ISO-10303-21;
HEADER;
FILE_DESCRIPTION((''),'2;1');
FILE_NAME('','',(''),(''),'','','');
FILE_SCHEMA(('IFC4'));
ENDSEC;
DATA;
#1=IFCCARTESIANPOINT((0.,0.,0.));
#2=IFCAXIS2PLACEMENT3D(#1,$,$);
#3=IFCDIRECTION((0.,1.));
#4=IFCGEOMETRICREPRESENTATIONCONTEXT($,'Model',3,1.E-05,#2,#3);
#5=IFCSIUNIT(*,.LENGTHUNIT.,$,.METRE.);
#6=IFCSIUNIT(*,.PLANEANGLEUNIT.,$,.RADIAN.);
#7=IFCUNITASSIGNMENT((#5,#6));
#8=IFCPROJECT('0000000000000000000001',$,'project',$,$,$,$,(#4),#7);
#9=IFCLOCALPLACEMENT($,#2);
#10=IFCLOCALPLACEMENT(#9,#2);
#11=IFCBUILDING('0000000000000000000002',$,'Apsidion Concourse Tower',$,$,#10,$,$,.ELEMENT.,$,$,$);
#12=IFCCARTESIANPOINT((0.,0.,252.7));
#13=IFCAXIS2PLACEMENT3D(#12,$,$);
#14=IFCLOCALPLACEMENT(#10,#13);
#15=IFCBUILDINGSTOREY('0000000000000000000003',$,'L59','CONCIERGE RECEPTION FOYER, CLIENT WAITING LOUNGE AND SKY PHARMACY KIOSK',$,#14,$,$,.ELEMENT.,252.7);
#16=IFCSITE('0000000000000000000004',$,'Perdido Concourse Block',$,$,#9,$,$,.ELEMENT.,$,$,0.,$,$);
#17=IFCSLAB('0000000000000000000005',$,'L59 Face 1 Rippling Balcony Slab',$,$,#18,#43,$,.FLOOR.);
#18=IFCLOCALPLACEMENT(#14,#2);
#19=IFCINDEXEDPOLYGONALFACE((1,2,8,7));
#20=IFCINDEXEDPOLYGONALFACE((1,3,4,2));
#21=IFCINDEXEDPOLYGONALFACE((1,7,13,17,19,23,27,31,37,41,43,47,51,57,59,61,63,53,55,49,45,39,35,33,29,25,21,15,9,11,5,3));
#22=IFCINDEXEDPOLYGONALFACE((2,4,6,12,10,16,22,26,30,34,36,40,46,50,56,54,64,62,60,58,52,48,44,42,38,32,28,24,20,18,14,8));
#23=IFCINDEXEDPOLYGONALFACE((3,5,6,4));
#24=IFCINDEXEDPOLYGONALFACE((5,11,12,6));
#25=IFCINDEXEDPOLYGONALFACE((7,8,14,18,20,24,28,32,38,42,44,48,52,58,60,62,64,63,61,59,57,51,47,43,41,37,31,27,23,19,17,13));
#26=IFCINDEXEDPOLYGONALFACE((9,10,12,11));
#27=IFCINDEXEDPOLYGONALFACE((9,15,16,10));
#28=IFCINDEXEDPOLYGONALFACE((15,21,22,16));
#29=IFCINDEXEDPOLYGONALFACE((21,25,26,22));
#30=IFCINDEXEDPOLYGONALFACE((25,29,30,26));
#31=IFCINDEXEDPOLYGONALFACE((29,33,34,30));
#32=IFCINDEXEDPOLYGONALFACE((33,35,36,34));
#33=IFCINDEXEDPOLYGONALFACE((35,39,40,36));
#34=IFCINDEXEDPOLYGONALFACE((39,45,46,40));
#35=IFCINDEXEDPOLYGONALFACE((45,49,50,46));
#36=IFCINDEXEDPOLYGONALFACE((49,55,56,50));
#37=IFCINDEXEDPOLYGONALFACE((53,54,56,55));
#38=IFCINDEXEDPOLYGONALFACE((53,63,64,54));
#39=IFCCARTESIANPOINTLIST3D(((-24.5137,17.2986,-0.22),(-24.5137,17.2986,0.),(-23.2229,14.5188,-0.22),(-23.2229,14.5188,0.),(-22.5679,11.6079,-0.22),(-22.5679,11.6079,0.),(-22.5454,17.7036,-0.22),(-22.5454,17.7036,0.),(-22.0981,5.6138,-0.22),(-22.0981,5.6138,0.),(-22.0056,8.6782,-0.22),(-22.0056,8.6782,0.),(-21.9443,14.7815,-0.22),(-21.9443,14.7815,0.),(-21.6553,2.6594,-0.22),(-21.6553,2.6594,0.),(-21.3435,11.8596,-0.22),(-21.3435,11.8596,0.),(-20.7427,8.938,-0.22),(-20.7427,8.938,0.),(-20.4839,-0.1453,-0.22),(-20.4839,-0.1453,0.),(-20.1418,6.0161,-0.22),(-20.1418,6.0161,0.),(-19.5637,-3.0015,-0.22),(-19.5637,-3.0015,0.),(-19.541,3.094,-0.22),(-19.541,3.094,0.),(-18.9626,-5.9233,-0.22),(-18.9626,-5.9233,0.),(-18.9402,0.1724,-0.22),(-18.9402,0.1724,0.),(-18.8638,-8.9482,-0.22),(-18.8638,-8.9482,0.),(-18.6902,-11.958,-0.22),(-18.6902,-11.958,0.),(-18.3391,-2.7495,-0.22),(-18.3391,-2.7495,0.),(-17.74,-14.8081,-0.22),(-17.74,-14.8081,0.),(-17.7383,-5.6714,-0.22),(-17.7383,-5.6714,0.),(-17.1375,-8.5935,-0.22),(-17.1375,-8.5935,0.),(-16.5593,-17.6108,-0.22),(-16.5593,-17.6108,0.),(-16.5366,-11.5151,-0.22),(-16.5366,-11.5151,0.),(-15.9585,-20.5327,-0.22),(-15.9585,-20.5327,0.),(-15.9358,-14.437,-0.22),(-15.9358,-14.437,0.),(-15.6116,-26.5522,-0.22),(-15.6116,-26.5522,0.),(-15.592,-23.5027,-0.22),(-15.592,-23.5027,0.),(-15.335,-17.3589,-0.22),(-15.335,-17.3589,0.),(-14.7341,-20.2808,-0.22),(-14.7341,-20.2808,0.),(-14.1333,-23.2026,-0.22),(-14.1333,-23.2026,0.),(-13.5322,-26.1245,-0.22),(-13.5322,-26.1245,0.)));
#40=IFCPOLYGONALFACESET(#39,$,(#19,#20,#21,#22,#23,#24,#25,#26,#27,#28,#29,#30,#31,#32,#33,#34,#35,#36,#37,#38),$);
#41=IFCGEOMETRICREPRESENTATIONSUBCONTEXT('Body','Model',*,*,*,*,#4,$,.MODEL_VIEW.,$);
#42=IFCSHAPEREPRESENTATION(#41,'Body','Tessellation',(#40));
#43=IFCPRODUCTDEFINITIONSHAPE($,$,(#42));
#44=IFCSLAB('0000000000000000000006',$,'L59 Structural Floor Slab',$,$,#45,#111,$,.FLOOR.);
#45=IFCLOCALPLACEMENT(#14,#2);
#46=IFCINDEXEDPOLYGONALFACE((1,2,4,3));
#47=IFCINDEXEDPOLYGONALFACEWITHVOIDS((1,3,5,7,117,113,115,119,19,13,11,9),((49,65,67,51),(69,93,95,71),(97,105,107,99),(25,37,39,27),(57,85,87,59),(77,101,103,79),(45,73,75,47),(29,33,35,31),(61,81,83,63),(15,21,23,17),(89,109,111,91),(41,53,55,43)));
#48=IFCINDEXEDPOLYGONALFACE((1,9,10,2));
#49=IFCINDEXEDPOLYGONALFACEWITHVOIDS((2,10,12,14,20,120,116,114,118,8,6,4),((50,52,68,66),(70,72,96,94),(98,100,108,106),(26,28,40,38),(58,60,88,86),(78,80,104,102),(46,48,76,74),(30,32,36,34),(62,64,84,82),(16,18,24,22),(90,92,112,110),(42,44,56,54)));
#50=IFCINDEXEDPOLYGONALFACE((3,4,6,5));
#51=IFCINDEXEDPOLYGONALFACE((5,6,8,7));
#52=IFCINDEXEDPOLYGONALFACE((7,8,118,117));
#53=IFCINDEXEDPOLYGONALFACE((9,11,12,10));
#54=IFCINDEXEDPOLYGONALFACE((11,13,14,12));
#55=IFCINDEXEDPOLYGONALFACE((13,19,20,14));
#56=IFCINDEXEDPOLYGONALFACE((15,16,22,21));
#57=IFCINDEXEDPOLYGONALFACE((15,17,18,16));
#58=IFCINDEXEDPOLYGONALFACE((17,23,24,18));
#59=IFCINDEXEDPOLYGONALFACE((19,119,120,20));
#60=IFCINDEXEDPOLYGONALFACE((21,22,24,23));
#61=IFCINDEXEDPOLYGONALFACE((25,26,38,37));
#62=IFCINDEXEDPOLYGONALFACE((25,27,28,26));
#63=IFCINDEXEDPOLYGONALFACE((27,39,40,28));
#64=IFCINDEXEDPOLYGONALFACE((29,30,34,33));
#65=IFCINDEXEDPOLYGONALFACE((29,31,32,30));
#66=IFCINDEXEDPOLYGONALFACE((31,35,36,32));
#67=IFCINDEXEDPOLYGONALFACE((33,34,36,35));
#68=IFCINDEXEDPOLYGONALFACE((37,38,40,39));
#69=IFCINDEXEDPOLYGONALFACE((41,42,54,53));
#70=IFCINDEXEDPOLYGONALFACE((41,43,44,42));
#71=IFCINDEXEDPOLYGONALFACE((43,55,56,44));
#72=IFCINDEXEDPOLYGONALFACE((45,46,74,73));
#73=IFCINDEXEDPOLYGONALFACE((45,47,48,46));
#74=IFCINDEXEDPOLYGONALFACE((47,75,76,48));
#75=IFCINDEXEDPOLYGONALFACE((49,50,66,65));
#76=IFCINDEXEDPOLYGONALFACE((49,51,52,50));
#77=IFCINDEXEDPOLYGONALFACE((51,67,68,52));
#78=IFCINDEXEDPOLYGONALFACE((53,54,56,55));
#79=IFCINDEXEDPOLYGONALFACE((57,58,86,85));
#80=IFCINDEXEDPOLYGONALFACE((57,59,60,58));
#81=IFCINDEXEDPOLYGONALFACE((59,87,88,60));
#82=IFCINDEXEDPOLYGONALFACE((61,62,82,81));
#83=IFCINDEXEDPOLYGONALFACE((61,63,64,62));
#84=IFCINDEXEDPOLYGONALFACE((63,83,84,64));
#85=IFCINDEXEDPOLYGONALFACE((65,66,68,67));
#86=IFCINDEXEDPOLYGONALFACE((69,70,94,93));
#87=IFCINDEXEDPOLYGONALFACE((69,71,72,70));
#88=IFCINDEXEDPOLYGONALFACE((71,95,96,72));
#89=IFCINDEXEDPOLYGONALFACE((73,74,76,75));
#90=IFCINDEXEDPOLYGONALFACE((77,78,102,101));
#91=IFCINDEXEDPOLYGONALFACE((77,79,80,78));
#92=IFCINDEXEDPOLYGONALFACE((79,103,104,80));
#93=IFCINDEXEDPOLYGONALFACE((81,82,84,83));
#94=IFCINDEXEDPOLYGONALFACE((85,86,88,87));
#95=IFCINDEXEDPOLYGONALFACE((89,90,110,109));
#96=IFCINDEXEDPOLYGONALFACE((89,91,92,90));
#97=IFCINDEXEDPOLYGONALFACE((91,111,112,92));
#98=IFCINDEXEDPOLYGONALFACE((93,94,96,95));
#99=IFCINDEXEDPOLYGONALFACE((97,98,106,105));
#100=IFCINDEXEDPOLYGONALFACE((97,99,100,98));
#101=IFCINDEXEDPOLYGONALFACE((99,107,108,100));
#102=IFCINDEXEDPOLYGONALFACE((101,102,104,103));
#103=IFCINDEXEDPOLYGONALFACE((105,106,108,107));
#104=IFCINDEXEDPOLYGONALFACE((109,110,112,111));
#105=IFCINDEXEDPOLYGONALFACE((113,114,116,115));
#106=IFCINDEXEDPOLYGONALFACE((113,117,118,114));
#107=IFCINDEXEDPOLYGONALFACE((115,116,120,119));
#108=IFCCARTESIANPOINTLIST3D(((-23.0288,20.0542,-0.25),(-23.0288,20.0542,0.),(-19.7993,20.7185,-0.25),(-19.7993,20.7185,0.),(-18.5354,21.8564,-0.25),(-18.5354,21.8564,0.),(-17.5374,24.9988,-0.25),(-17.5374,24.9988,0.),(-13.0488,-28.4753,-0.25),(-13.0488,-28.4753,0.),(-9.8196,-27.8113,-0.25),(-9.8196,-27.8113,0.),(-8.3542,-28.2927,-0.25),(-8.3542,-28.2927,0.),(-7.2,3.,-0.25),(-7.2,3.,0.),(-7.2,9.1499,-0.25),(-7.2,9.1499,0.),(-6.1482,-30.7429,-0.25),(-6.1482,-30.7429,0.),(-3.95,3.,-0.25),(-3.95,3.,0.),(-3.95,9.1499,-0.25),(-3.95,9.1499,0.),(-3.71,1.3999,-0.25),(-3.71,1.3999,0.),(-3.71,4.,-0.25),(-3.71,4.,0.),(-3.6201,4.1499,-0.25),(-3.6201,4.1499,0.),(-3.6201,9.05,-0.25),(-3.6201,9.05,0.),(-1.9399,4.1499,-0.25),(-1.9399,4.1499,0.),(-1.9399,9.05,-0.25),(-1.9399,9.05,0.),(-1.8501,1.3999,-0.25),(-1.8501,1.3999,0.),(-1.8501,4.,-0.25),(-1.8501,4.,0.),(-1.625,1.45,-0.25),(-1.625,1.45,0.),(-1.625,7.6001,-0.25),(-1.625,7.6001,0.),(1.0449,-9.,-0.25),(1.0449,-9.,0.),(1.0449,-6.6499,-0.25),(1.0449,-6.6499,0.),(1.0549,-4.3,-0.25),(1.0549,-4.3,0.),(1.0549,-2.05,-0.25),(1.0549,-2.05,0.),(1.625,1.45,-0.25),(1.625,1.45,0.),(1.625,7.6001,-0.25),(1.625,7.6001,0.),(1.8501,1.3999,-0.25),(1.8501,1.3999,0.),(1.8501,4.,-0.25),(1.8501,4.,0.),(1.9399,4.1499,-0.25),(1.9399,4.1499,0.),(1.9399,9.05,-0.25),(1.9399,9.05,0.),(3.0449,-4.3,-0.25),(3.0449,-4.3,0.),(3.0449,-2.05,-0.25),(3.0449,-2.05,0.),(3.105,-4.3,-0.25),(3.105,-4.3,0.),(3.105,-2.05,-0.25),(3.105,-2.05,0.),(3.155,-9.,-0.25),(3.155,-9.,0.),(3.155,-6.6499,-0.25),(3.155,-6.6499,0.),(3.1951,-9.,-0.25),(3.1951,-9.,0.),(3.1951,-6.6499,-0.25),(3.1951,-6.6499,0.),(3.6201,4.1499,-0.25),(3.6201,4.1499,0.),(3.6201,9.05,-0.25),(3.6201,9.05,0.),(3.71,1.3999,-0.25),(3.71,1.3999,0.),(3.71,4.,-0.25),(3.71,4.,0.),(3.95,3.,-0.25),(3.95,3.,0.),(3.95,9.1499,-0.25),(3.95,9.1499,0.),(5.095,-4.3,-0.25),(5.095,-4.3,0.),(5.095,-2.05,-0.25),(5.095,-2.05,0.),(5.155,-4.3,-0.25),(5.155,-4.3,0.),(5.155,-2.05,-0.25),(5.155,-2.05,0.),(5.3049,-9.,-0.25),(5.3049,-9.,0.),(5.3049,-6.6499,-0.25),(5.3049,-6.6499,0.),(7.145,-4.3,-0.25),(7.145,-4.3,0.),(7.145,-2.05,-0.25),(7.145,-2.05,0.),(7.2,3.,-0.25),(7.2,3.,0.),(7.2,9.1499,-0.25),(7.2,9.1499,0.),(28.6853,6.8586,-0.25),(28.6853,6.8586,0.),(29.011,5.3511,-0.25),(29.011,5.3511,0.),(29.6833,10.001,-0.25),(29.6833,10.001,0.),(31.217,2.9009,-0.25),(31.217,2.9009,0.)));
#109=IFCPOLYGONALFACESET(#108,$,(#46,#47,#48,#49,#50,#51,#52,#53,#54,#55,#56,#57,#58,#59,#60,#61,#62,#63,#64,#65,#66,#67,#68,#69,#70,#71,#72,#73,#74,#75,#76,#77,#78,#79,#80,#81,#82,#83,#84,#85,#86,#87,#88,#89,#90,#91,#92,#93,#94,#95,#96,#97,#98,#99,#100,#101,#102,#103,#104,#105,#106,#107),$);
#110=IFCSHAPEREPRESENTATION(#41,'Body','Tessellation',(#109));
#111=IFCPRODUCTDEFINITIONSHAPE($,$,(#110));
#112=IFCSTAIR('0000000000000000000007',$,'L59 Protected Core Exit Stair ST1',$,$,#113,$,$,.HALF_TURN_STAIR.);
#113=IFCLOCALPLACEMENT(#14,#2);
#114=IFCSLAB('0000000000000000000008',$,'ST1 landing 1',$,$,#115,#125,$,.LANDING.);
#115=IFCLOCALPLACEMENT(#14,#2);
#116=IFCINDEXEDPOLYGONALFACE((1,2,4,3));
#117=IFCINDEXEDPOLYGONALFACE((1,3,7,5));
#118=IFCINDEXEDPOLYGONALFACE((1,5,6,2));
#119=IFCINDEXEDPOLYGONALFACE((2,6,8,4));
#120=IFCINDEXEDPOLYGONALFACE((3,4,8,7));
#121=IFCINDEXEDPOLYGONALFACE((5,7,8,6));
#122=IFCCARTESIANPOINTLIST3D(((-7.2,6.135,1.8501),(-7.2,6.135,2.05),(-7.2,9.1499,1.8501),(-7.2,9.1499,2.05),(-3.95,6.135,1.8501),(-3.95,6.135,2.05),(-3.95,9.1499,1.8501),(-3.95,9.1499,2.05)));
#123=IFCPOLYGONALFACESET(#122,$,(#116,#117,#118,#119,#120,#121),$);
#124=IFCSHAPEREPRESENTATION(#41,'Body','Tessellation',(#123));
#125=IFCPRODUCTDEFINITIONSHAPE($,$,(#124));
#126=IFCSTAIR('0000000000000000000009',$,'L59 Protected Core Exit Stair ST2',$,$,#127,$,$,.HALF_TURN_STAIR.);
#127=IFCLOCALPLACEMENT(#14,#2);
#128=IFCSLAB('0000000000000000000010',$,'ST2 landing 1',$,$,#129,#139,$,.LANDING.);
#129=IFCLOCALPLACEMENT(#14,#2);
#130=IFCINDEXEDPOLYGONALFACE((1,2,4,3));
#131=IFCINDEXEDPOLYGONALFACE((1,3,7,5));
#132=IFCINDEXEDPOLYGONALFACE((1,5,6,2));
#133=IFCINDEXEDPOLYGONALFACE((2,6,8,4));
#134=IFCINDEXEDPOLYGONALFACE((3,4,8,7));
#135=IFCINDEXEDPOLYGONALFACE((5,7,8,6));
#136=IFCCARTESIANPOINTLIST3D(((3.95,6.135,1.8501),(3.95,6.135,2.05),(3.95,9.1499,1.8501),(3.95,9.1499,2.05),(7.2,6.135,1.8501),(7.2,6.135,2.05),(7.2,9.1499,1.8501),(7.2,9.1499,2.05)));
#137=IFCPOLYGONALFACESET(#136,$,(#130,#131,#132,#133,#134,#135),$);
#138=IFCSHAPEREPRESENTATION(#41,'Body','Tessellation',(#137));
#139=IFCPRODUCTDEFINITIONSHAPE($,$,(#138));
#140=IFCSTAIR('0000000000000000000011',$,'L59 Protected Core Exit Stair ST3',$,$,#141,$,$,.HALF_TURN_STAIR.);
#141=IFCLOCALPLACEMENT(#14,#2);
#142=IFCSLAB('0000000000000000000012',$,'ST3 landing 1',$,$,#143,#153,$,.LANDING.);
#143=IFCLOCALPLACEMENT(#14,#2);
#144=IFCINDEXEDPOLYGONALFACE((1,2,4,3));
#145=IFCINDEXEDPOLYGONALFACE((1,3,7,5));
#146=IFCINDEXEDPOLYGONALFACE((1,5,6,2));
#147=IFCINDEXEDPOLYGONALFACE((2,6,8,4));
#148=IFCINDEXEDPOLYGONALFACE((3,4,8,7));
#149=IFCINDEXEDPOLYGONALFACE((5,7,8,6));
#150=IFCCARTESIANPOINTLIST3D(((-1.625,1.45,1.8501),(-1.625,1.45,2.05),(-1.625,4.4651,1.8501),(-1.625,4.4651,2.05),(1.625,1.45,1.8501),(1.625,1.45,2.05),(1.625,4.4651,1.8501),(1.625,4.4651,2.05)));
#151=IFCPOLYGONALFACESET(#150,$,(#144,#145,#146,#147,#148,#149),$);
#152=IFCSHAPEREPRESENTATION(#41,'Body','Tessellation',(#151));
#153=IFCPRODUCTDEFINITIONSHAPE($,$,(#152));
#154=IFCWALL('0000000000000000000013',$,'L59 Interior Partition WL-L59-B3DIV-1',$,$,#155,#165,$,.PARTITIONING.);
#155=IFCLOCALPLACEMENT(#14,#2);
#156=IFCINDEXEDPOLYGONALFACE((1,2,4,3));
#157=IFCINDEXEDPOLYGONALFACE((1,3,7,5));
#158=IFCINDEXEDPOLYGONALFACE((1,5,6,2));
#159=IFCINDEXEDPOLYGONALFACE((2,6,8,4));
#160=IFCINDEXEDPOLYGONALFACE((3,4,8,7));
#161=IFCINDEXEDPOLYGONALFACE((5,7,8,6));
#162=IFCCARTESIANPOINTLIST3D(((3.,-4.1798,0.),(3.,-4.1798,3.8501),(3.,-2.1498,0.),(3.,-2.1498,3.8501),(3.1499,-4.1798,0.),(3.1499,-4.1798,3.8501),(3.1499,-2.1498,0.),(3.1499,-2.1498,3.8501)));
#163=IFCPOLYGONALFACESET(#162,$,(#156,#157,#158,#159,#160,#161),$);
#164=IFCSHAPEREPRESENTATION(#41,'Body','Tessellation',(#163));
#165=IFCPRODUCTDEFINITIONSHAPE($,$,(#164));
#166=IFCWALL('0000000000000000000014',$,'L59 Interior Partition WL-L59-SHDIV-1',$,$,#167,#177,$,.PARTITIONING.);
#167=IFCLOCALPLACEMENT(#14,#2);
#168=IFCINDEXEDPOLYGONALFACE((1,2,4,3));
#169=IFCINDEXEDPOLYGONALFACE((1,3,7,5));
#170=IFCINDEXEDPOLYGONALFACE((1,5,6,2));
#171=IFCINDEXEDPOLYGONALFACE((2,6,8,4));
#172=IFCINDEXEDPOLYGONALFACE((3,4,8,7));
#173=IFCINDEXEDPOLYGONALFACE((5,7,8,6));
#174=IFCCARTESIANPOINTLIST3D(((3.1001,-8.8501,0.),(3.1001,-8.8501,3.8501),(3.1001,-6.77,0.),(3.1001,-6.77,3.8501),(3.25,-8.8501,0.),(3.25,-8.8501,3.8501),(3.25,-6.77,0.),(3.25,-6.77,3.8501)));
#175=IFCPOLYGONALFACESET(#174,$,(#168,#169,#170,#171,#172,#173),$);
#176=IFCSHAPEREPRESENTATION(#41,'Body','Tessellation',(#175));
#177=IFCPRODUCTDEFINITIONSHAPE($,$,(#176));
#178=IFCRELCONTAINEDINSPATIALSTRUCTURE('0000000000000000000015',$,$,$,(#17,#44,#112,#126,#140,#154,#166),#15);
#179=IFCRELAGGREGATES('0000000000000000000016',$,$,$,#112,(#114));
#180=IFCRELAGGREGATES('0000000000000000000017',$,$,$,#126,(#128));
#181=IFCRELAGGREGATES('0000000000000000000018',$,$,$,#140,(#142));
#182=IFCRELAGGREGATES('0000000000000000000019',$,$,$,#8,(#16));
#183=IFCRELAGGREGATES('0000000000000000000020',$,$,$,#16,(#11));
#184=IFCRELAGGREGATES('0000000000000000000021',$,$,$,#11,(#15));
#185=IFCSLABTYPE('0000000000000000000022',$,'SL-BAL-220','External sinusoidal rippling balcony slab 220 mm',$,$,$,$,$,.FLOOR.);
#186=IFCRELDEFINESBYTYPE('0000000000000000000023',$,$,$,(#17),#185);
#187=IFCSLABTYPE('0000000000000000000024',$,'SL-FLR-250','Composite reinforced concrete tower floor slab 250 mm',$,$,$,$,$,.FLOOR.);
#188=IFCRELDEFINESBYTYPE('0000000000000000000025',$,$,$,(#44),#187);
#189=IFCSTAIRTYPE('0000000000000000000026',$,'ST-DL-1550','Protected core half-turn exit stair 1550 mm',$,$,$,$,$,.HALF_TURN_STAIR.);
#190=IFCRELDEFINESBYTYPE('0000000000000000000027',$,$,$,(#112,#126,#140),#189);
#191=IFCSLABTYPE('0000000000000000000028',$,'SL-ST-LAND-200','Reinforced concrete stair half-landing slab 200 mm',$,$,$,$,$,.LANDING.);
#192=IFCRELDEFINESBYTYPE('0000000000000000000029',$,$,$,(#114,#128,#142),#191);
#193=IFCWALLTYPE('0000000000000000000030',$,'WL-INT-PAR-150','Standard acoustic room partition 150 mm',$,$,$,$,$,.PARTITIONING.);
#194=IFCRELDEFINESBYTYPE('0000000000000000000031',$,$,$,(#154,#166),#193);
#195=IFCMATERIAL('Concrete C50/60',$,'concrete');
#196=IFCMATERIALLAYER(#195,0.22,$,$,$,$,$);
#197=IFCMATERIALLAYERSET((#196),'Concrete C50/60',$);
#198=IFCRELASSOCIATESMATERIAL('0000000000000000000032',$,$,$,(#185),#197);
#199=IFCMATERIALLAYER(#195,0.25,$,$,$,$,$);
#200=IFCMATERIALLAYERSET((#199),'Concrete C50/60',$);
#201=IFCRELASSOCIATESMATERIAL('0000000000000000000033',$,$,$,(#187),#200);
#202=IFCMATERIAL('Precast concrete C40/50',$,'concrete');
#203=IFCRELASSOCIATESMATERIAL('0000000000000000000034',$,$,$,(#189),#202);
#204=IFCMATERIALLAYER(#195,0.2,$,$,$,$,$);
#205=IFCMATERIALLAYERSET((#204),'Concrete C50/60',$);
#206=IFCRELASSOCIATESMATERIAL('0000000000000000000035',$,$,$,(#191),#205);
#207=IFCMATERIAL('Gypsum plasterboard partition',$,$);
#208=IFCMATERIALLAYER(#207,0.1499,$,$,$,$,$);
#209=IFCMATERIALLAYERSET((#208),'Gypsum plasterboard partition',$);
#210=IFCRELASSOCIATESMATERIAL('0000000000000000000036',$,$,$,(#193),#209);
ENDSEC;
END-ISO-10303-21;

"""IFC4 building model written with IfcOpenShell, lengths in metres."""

from ifc_helpers import new_model, si_unit, direction, frame, frame_2d, origin, place, context, subcontext, project, spatial, polyline, rectangle, outline, extrude, material, layer, layer_set, type_object, element, aggregate, save


model = new_model("IFC4")

# Units and contexts
model_context = context("Model", 3, precision=1e-05, world=origin(), true_north=direction((0.0, 1.0)))
body_context = subcontext(model_context, "Body", "Model", "MODEL_VIEW")
ifc_project = project(units=[si_unit("LENGTHUNIT", "METRE"), si_unit("PLANEANGLEUNIT", "RADIAN")], contexts=[model_context])

# Site, building, storey
site_placement = place(None, origin())
site = spatial("IfcSite", under=ifc_project, at=site_placement, Name="Perdido Concourse Block", CompositionType="ELEMENT", RefElevation=0.0)
building_placement = place(site_placement, origin())
building = spatial("IfcBuilding", under=site, at=building_placement, Name="Apsidion Concourse Tower", CompositionType="ELEMENT")
storey_placement = place(building_placement, frame((0.0, 0.0, 252.7)))
storey = spatial("IfcBuildingStorey", under=building, at=storey_placement, Name="L59", Description="CONCIERGE RECEPTION FOYER, CLIENT WAITING LOUNGE AND SKY PHARMACY KIOSK", CompositionType="ELEMENT", Elevation=252.7)

# Shared definitions
ifc_material_1 = material(Name="Concrete C50/60", Category="concrete")

# Slabs
ifc_layer_1 = layer(ifc_material_1, 0.22)
ifc_layer_set_1 = layer_set([ifc_layer_1], Name="Concrete C50/60")
slab_type_1 = type_object("IfcSlabType", Name="SL-BAL-220", Description="External sinusoidal rippling balcony slab 220 mm", PredefinedType="FLOOR", material=ifc_layer_set_1)
slab_1_placement = place(storey_placement, frame((0.0, 0.0, -0.22)))
element("IfcSlab", 1, at=slab_1_placement, inside=storey, type_object=slab_type_1, Name="L59 Face 1 Rippling Balcony Slab", PredefinedType="FLOOR", context=body_context, shape_type="SweptSolid", body=[
    extrude(outline(polyline([(-22.5454, 17.7036), (-21.9443, 14.7815), (-21.3435, 11.8596), (-20.7427, 8.938), (-20.1418, 6.0161), (-19.541, 3.094), (-18.9402, 0.1724), (-18.3391, -2.7495), (-17.7383, -5.6714), (-17.1375, -8.5935), (-16.5366, -11.5151), (-15.9358, -14.437), (-15.335, -17.3589), (-14.7341, -20.2808), (-14.1333, -23.2026), (-13.5322, -26.1245), (-15.6116, -26.5522), (-15.592, -23.5027), (-15.9585, -20.5327), (-16.5593, -17.6108), (-17.74, -14.8081), (-18.6902, -11.958), (-18.8638, -8.9482), (-18.9626, -5.9233), (-19.5637, -3.0015), (-20.4839, -0.1453), (-21.6553, 2.6594), (-22.0981, 5.6138), (-22.0056, 8.6782), (-22.5679, 11.6079), (-23.2229, 14.5188), (-24.5137, 17.2986), (-22.5454, 17.7036)])), origin(), (0.0, 0.0, 1.0), 0.22),
])
ifc_layer_2 = layer(ifc_material_1, 0.25)
ifc_layer_set_2 = layer_set([ifc_layer_2], Name="Concrete C50/60")
slab_type_2 = type_object("IfcSlabType", Name="SL-FLR-250", Description="Composite reinforced concrete tower floor slab 250 mm", PredefinedType="FLOOR", material=ifc_layer_set_2)
slab_2_placement = place(storey_placement, frame((0.0, 0.0, -0.25)))
element("IfcSlab", 2, at=slab_2_placement, inside=storey, type_object=slab_type_2, Name="L59 Structural Floor Slab", PredefinedType="FLOOR", context=body_context, shape_type="SweptSolid", body=[
    extrude(outline(polyline([(-17.5374, 24.9988), (-18.5354, 21.8564), (-19.7993, 20.7185), (-23.0288, 20.0542), (-13.0488, -28.4753), (-9.8196, -27.8113), (-8.3542, -28.2927), (-6.1482, -30.7429), (31.217, 2.9009), (29.011, 5.3511), (28.6853, 6.8586), (29.6833, 10.001), (-17.5374, 24.9988)]), holes=[polyline([(-3.95, 3.0), (-3.95, 9.1499), (-7.2, 9.1499), (-7.2, 3.0), (-3.95, 3.0)]), polyline([(7.2, 3.0), (7.2, 9.1499), (3.95, 9.1499), (3.95, 3.0), (7.2, 3.0)]), polyline([(-1.625, 7.6001), (-1.625, 1.45), (1.625, 1.45), (1.625, 7.6001), (-1.625, 7.6001)]), polyline([(1.0549, -4.3), (3.0449, -4.3), (3.0449, -2.05), (1.0549, -2.05), (1.0549, -4.3)]), polyline([(3.105, -4.3), (5.095, -4.3), (5.095, -2.05), (3.105, -2.05), (3.105, -4.3)]), polyline([(5.155, -4.3), (7.145, -4.3), (7.145, -2.05), (5.155, -2.05), (5.155, -4.3)]), polyline([(1.0449, -9.0), (3.155, -9.0), (3.155, -6.6499), (1.0449, -6.6499), (1.0449, -9.0)]), polyline([(3.1951, -9.0), (5.3049, -9.0), (5.3049, -6.6499), (3.1951, -6.6499), (3.1951, -9.0)]), polyline([(-3.71, 1.3999), (-1.8501, 1.3999), (-1.8501, 4.0), (-3.71, 4.0), (-3.71, 1.3999)]), polyline([(1.8501, 1.3999), (3.71, 1.3999), (3.71, 4.0), (1.8501, 4.0), (1.8501, 1.3999)]), polyline([(-3.6201, 4.1499), (-1.9399, 4.1499), (-1.9399, 9.05), (-3.6201, 9.05), (-3.6201, 4.1499)]), polyline([(1.9399, 4.1499), (3.6201, 4.1499), (3.6201, 9.05), (1.9399, 9.05), (1.9399, 4.1499)])]), origin(), (0.0, 0.0, 1.0), 0.25),
])

# Stairs, slabs
ifc_material_2 = material(Name="Precast concrete C40/50", Category="concrete")
stair_type = type_object("IfcStairType", Name="ST-DL-1550", Description="Protected core half-turn exit stair 1550 mm", PredefinedType="HALF_TURN_STAIR", material=ifc_material_2)
stair_1_placement = place(storey_placement, origin())
stair_1 = element("IfcStair", 3, at=stair_1_placement, inside=storey, type_object=stair_type, Name="L59 Protected Core Exit Stair ST1", PredefinedType="HALF_TURN_STAIR")
ifc_layer_3 = layer(ifc_material_1, 0.2)
ifc_layer_set_3 = layer_set([ifc_layer_3], Name="Concrete C50/60")
slab_type_3 = type_object("IfcSlabType", Name="SL-ST-LAND-200", Description="Reinforced concrete stair half-landing slab 200 mm", PredefinedType="LANDING", material=ifc_layer_set_3)
slab_3_placement = place(storey_placement, frame((0.0, 0.0, 1.8501)))
slab_3 = element("IfcSlab", 4, at=slab_3_placement, type_object=slab_type_3, Name="ST1 landing 1", PredefinedType="LANDING", context=body_context, shape_type="SweptSolid", body=[
    extrude(outline(polyline([(-3.95, 6.135), (-3.95, 9.1499), (-7.2, 9.1499), (-7.2, 6.135), (-3.95, 6.135)])), origin(), (0.0, 0.0, 1.0), 0.2),
])
aggregate(stair_1, [slab_3])
stair_2_placement = place(storey_placement, origin())
stair_2 = element("IfcStair", 5, at=stair_2_placement, inside=storey, type_object=stair_type, Name="L59 Protected Core Exit Stair ST2", PredefinedType="HALF_TURN_STAIR")
slab_4_placement = place(storey_placement, frame((0.0, 0.0, 1.8501)))
slab_4 = element("IfcSlab", 6, at=slab_4_placement, type_object=slab_type_3, Name="ST2 landing 1", PredefinedType="LANDING", context=body_context, shape_type="SweptSolid", body=[
    extrude(outline(polyline([(7.2, 6.135), (7.2, 9.1499), (3.95, 9.1499), (3.95, 6.135), (7.2, 6.135)])), origin(), (0.0, 0.0, 1.0), 0.2),
])
aggregate(stair_2, [slab_4])
stair_3_placement = place(storey_placement, origin())
stair_3 = element("IfcStair", 7, at=stair_3_placement, inside=storey, type_object=stair_type, Name="L59 Protected Core Exit Stair ST3", PredefinedType="HALF_TURN_STAIR")
slab_5_placement = place(storey_placement, frame((0.0, 0.0, 1.8501)))
slab_5 = element("IfcSlab", 8, at=slab_5_placement, type_object=slab_type_3, Name="ST3 landing 1", PredefinedType="LANDING", context=body_context, shape_type="SweptSolid", body=[
    extrude(outline(polyline([(-1.625, 4.4651), (-1.625, 1.45), (1.625, 1.45), (1.625, 4.4651), (-1.625, 4.4651)])), origin(), (0.0, 0.0, 1.0), 0.2),
])
aggregate(stair_3, [slab_5])

# Walls
ifc_material_3 = material(Name="Gypsum plasterboard partition")
ifc_layer_4 = layer(ifc_material_3, 0.1499)
ifc_layer_set_4 = layer_set([ifc_layer_4], Name="Gypsum plasterboard partition")
wall_type_1 = type_object("IfcWallType", Name="WL-INT-PAR-150", Description="Standard acoustic room partition 150 mm", PredefinedType="PARTITIONING", material=ifc_layer_set_4)
wall_1_placement = place(storey_placement, frame((3.075, -4.1799, 0.0), z_axis=(0.0, 0.0, 1.0), x_axis=(0.0, 1.0, 0.0)))
element("IfcWall", 9, at=wall_1_placement, inside=storey, type_object=wall_type_1, Name="L59 Interior Partition WL-L59-B3DIV-1", PredefinedType="PARTITIONING", context=body_context, shape_type="SweptSolid", body=[
    extrude(rectangle(XDim=2.03, YDim=0.1499, at=frame_2d((1.0151, 0.0))), origin(), (0.0, 0.0, 1.0), 3.8501),
])
wall_2_placement = place(storey_placement, frame((3.175, -8.8501, 0.0), z_axis=(0.0, 0.0, 1.0), x_axis=(0.0, 1.0, 0.0)))
element("IfcWall", 10, at=wall_2_placement, inside=storey, type_object=wall_type_1, Name="L59 Interior Partition WL-L59-SHDIV-1", PredefinedType="PARTITIONING", context=body_context, shape_type="SweptSolid", body=[
    extrude(rectangle(XDim=2.0801, YDim=0.1499, at=frame_2d((1.04, 0.0))), origin(), (0.0, 0.0, 1.0), 3.8501),
])

save(model, "model.ifc")
